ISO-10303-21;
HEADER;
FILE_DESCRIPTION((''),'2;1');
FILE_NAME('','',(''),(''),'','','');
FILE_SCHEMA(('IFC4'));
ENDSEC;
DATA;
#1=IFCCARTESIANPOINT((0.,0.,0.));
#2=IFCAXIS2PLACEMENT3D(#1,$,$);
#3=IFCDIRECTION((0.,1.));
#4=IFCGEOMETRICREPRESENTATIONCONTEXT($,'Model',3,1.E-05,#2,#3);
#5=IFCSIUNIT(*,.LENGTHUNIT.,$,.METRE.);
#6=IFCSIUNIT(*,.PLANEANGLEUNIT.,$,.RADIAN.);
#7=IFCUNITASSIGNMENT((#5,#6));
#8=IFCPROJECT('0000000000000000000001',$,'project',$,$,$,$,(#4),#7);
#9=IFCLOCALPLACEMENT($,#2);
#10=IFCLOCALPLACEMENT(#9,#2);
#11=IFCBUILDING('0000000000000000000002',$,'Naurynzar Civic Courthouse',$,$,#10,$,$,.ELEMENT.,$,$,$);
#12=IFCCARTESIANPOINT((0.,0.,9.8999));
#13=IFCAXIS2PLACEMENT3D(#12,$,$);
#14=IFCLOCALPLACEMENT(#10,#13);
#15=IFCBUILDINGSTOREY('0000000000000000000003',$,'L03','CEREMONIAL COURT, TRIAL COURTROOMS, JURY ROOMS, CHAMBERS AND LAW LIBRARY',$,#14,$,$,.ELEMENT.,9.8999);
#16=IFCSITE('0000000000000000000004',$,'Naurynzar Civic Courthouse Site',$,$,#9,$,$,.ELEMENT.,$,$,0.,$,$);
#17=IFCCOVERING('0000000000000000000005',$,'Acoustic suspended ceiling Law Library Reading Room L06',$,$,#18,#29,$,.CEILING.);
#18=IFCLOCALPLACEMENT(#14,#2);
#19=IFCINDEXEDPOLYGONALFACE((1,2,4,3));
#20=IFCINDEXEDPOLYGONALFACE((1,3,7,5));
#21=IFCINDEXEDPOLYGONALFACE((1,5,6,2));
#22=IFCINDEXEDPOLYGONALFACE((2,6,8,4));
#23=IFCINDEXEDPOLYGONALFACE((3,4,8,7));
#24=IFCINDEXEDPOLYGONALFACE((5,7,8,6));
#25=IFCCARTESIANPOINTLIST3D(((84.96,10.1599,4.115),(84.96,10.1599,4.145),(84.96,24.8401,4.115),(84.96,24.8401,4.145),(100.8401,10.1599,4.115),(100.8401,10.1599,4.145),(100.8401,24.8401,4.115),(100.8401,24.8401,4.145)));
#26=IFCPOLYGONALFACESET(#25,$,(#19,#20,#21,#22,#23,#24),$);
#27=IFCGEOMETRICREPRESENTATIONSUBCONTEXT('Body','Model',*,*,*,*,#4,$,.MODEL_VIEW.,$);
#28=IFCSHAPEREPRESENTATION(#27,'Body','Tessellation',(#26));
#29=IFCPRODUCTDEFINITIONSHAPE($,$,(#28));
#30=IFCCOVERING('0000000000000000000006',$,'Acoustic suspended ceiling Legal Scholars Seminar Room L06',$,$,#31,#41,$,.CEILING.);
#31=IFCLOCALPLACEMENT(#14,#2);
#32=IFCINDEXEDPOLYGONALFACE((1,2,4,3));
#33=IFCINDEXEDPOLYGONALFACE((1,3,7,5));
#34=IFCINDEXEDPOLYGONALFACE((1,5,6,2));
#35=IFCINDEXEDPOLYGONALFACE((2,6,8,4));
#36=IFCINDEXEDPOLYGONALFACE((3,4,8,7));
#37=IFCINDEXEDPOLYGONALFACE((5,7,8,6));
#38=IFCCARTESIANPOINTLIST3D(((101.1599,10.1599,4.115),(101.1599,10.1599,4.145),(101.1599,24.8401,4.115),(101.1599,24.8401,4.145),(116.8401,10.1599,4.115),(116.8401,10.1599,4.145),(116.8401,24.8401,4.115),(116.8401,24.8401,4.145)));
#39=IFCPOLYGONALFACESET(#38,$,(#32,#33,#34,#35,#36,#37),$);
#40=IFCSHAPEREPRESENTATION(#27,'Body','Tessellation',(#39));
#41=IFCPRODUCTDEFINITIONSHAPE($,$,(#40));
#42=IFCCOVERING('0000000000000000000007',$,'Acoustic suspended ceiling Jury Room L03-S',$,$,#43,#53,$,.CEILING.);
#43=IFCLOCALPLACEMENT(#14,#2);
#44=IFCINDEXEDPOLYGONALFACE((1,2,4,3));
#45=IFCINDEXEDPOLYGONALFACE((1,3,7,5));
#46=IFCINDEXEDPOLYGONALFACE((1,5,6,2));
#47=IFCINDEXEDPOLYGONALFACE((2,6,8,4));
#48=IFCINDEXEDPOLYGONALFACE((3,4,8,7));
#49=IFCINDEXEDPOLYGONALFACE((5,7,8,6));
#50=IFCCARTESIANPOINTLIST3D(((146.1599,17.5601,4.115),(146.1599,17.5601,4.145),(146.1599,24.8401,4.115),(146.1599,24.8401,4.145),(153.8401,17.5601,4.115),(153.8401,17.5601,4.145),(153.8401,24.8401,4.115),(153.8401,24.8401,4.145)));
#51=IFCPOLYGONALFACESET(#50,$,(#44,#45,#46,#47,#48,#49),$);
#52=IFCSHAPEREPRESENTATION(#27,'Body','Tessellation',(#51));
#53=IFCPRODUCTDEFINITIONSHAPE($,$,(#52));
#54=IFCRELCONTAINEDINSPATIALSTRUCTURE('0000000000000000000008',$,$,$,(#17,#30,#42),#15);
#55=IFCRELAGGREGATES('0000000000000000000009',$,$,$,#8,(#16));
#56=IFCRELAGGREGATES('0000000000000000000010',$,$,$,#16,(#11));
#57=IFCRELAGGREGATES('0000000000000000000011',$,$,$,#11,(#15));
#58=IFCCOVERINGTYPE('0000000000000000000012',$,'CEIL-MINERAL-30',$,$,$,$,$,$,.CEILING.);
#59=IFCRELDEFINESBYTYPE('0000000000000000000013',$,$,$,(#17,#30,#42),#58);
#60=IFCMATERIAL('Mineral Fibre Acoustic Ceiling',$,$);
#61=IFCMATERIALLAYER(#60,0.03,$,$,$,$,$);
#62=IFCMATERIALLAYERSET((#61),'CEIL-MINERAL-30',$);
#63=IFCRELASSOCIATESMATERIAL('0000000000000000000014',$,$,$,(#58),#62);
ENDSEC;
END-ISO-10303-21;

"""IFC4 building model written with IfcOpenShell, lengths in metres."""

from ifc_helpers import new_model, si_unit, direction, frame, origin, place, context, subcontext, project, spatial, polyline, outline, extrude, material, layer, layer_set, type_object, element, save


model = new_model("IFC4")

# Units and contexts
model_context = context("Model", 3, precision=1e-05, world=origin(), true_north=direction((0.0, 1.0)))
body_context = subcontext(model_context, "Body", "Model", "MODEL_VIEW")
ifc_project = project(units=[si_unit("LENGTHUNIT", "METRE"), si_unit("PLANEANGLEUNIT", "RADIAN")], contexts=[model_context])

# Site, building, storey
site_placement = place(None, origin())
site = spatial("IfcSite", under=ifc_project, at=site_placement, Name="Naurynzar Civic Courthouse Site", CompositionType="ELEMENT", RefElevation=0.0)
building_placement = place(site_placement, origin())
building = spatial("IfcBuilding", under=site, at=building_placement, Name="Naurynzar Civic Courthouse", CompositionType="ELEMENT")
storey_placement = place(building_placement, frame((0.0, 0.0, 9.8999)))
storey = spatial("IfcBuildingStorey", under=building, at=storey_placement, Name="L03", Description="CEREMONIAL COURT, TRIAL COURTROOMS, JURY ROOMS, CHAMBERS AND LAW LIBRARY", CompositionType="ELEMENT", Elevation=9.8999)

# Coverings
ifc_material_1 = material(Name="Mineral Fibre Acoustic Ceiling")
ifc_layer_1 = layer(ifc_material_1, 0.03)
ifc_layer_set_1 = layer_set([ifc_layer_1], Name="CEIL-MINERAL-30")
covering_type_1 = type_object("IfcCoveringType", Name="CEIL-MINERAL-30", PredefinedType="CEILING", material=ifc_layer_set_1)
covering_1_placement = place(storey_placement, frame((0.0, 0.0, 4.115)))
element("IfcCovering", 1, at=covering_1_placement, inside=storey, type_object=covering_type_1, Name="Acoustic suspended ceiling Law Library Reading Room L06", PredefinedType="CEILING", context=body_context, shape_type="SweptSolid", body=[
    extrude(outline(polyline([(100.8401, 10.1599), (84.96, 10.1599), (84.96, 24.8401), (100.8401, 24.8401), (100.8401, 10.1599)])), origin(), (0.0, 0.0, 1.0), 0.03),
])
covering_2_placement = place(storey_placement, frame((0.0, 0.0, 4.115)))
element("IfcCovering", 2, at=covering_2_placement, inside=storey, type_object=covering_type_1, Name="Acoustic suspended ceiling Legal Scholars Seminar Room L06", PredefinedType="CEILING", context=body_context, shape_type="SweptSolid", body=[
    extrude(outline(polyline([(116.8401, 10.1599), (101.1599, 10.1599), (101.1599, 24.8401), (116.8401, 24.8401), (116.8401, 10.1599)])), origin(), (0.0, 0.0, 1.0), 0.03),
])
covering_3_placement = place(storey_placement, frame((0.0, 0.0, 4.115)))
element("IfcCovering", 3, at=covering_3_placement, inside=storey, type_object=covering_type_1, Name="Acoustic suspended ceiling Jury Room L03-S", PredefinedType="CEILING", context=body_context, shape_type="SweptSolid", body=[
    extrude(outline(polyline([(146.1599, 17.5601), (146.1599, 24.8401), (153.8401, 24.8401), (153.8401, 17.5601), (146.1599, 17.5601)])), origin(), (0.0, 0.0, 1.0), 0.03),
])

save(model, "model.ifc")
